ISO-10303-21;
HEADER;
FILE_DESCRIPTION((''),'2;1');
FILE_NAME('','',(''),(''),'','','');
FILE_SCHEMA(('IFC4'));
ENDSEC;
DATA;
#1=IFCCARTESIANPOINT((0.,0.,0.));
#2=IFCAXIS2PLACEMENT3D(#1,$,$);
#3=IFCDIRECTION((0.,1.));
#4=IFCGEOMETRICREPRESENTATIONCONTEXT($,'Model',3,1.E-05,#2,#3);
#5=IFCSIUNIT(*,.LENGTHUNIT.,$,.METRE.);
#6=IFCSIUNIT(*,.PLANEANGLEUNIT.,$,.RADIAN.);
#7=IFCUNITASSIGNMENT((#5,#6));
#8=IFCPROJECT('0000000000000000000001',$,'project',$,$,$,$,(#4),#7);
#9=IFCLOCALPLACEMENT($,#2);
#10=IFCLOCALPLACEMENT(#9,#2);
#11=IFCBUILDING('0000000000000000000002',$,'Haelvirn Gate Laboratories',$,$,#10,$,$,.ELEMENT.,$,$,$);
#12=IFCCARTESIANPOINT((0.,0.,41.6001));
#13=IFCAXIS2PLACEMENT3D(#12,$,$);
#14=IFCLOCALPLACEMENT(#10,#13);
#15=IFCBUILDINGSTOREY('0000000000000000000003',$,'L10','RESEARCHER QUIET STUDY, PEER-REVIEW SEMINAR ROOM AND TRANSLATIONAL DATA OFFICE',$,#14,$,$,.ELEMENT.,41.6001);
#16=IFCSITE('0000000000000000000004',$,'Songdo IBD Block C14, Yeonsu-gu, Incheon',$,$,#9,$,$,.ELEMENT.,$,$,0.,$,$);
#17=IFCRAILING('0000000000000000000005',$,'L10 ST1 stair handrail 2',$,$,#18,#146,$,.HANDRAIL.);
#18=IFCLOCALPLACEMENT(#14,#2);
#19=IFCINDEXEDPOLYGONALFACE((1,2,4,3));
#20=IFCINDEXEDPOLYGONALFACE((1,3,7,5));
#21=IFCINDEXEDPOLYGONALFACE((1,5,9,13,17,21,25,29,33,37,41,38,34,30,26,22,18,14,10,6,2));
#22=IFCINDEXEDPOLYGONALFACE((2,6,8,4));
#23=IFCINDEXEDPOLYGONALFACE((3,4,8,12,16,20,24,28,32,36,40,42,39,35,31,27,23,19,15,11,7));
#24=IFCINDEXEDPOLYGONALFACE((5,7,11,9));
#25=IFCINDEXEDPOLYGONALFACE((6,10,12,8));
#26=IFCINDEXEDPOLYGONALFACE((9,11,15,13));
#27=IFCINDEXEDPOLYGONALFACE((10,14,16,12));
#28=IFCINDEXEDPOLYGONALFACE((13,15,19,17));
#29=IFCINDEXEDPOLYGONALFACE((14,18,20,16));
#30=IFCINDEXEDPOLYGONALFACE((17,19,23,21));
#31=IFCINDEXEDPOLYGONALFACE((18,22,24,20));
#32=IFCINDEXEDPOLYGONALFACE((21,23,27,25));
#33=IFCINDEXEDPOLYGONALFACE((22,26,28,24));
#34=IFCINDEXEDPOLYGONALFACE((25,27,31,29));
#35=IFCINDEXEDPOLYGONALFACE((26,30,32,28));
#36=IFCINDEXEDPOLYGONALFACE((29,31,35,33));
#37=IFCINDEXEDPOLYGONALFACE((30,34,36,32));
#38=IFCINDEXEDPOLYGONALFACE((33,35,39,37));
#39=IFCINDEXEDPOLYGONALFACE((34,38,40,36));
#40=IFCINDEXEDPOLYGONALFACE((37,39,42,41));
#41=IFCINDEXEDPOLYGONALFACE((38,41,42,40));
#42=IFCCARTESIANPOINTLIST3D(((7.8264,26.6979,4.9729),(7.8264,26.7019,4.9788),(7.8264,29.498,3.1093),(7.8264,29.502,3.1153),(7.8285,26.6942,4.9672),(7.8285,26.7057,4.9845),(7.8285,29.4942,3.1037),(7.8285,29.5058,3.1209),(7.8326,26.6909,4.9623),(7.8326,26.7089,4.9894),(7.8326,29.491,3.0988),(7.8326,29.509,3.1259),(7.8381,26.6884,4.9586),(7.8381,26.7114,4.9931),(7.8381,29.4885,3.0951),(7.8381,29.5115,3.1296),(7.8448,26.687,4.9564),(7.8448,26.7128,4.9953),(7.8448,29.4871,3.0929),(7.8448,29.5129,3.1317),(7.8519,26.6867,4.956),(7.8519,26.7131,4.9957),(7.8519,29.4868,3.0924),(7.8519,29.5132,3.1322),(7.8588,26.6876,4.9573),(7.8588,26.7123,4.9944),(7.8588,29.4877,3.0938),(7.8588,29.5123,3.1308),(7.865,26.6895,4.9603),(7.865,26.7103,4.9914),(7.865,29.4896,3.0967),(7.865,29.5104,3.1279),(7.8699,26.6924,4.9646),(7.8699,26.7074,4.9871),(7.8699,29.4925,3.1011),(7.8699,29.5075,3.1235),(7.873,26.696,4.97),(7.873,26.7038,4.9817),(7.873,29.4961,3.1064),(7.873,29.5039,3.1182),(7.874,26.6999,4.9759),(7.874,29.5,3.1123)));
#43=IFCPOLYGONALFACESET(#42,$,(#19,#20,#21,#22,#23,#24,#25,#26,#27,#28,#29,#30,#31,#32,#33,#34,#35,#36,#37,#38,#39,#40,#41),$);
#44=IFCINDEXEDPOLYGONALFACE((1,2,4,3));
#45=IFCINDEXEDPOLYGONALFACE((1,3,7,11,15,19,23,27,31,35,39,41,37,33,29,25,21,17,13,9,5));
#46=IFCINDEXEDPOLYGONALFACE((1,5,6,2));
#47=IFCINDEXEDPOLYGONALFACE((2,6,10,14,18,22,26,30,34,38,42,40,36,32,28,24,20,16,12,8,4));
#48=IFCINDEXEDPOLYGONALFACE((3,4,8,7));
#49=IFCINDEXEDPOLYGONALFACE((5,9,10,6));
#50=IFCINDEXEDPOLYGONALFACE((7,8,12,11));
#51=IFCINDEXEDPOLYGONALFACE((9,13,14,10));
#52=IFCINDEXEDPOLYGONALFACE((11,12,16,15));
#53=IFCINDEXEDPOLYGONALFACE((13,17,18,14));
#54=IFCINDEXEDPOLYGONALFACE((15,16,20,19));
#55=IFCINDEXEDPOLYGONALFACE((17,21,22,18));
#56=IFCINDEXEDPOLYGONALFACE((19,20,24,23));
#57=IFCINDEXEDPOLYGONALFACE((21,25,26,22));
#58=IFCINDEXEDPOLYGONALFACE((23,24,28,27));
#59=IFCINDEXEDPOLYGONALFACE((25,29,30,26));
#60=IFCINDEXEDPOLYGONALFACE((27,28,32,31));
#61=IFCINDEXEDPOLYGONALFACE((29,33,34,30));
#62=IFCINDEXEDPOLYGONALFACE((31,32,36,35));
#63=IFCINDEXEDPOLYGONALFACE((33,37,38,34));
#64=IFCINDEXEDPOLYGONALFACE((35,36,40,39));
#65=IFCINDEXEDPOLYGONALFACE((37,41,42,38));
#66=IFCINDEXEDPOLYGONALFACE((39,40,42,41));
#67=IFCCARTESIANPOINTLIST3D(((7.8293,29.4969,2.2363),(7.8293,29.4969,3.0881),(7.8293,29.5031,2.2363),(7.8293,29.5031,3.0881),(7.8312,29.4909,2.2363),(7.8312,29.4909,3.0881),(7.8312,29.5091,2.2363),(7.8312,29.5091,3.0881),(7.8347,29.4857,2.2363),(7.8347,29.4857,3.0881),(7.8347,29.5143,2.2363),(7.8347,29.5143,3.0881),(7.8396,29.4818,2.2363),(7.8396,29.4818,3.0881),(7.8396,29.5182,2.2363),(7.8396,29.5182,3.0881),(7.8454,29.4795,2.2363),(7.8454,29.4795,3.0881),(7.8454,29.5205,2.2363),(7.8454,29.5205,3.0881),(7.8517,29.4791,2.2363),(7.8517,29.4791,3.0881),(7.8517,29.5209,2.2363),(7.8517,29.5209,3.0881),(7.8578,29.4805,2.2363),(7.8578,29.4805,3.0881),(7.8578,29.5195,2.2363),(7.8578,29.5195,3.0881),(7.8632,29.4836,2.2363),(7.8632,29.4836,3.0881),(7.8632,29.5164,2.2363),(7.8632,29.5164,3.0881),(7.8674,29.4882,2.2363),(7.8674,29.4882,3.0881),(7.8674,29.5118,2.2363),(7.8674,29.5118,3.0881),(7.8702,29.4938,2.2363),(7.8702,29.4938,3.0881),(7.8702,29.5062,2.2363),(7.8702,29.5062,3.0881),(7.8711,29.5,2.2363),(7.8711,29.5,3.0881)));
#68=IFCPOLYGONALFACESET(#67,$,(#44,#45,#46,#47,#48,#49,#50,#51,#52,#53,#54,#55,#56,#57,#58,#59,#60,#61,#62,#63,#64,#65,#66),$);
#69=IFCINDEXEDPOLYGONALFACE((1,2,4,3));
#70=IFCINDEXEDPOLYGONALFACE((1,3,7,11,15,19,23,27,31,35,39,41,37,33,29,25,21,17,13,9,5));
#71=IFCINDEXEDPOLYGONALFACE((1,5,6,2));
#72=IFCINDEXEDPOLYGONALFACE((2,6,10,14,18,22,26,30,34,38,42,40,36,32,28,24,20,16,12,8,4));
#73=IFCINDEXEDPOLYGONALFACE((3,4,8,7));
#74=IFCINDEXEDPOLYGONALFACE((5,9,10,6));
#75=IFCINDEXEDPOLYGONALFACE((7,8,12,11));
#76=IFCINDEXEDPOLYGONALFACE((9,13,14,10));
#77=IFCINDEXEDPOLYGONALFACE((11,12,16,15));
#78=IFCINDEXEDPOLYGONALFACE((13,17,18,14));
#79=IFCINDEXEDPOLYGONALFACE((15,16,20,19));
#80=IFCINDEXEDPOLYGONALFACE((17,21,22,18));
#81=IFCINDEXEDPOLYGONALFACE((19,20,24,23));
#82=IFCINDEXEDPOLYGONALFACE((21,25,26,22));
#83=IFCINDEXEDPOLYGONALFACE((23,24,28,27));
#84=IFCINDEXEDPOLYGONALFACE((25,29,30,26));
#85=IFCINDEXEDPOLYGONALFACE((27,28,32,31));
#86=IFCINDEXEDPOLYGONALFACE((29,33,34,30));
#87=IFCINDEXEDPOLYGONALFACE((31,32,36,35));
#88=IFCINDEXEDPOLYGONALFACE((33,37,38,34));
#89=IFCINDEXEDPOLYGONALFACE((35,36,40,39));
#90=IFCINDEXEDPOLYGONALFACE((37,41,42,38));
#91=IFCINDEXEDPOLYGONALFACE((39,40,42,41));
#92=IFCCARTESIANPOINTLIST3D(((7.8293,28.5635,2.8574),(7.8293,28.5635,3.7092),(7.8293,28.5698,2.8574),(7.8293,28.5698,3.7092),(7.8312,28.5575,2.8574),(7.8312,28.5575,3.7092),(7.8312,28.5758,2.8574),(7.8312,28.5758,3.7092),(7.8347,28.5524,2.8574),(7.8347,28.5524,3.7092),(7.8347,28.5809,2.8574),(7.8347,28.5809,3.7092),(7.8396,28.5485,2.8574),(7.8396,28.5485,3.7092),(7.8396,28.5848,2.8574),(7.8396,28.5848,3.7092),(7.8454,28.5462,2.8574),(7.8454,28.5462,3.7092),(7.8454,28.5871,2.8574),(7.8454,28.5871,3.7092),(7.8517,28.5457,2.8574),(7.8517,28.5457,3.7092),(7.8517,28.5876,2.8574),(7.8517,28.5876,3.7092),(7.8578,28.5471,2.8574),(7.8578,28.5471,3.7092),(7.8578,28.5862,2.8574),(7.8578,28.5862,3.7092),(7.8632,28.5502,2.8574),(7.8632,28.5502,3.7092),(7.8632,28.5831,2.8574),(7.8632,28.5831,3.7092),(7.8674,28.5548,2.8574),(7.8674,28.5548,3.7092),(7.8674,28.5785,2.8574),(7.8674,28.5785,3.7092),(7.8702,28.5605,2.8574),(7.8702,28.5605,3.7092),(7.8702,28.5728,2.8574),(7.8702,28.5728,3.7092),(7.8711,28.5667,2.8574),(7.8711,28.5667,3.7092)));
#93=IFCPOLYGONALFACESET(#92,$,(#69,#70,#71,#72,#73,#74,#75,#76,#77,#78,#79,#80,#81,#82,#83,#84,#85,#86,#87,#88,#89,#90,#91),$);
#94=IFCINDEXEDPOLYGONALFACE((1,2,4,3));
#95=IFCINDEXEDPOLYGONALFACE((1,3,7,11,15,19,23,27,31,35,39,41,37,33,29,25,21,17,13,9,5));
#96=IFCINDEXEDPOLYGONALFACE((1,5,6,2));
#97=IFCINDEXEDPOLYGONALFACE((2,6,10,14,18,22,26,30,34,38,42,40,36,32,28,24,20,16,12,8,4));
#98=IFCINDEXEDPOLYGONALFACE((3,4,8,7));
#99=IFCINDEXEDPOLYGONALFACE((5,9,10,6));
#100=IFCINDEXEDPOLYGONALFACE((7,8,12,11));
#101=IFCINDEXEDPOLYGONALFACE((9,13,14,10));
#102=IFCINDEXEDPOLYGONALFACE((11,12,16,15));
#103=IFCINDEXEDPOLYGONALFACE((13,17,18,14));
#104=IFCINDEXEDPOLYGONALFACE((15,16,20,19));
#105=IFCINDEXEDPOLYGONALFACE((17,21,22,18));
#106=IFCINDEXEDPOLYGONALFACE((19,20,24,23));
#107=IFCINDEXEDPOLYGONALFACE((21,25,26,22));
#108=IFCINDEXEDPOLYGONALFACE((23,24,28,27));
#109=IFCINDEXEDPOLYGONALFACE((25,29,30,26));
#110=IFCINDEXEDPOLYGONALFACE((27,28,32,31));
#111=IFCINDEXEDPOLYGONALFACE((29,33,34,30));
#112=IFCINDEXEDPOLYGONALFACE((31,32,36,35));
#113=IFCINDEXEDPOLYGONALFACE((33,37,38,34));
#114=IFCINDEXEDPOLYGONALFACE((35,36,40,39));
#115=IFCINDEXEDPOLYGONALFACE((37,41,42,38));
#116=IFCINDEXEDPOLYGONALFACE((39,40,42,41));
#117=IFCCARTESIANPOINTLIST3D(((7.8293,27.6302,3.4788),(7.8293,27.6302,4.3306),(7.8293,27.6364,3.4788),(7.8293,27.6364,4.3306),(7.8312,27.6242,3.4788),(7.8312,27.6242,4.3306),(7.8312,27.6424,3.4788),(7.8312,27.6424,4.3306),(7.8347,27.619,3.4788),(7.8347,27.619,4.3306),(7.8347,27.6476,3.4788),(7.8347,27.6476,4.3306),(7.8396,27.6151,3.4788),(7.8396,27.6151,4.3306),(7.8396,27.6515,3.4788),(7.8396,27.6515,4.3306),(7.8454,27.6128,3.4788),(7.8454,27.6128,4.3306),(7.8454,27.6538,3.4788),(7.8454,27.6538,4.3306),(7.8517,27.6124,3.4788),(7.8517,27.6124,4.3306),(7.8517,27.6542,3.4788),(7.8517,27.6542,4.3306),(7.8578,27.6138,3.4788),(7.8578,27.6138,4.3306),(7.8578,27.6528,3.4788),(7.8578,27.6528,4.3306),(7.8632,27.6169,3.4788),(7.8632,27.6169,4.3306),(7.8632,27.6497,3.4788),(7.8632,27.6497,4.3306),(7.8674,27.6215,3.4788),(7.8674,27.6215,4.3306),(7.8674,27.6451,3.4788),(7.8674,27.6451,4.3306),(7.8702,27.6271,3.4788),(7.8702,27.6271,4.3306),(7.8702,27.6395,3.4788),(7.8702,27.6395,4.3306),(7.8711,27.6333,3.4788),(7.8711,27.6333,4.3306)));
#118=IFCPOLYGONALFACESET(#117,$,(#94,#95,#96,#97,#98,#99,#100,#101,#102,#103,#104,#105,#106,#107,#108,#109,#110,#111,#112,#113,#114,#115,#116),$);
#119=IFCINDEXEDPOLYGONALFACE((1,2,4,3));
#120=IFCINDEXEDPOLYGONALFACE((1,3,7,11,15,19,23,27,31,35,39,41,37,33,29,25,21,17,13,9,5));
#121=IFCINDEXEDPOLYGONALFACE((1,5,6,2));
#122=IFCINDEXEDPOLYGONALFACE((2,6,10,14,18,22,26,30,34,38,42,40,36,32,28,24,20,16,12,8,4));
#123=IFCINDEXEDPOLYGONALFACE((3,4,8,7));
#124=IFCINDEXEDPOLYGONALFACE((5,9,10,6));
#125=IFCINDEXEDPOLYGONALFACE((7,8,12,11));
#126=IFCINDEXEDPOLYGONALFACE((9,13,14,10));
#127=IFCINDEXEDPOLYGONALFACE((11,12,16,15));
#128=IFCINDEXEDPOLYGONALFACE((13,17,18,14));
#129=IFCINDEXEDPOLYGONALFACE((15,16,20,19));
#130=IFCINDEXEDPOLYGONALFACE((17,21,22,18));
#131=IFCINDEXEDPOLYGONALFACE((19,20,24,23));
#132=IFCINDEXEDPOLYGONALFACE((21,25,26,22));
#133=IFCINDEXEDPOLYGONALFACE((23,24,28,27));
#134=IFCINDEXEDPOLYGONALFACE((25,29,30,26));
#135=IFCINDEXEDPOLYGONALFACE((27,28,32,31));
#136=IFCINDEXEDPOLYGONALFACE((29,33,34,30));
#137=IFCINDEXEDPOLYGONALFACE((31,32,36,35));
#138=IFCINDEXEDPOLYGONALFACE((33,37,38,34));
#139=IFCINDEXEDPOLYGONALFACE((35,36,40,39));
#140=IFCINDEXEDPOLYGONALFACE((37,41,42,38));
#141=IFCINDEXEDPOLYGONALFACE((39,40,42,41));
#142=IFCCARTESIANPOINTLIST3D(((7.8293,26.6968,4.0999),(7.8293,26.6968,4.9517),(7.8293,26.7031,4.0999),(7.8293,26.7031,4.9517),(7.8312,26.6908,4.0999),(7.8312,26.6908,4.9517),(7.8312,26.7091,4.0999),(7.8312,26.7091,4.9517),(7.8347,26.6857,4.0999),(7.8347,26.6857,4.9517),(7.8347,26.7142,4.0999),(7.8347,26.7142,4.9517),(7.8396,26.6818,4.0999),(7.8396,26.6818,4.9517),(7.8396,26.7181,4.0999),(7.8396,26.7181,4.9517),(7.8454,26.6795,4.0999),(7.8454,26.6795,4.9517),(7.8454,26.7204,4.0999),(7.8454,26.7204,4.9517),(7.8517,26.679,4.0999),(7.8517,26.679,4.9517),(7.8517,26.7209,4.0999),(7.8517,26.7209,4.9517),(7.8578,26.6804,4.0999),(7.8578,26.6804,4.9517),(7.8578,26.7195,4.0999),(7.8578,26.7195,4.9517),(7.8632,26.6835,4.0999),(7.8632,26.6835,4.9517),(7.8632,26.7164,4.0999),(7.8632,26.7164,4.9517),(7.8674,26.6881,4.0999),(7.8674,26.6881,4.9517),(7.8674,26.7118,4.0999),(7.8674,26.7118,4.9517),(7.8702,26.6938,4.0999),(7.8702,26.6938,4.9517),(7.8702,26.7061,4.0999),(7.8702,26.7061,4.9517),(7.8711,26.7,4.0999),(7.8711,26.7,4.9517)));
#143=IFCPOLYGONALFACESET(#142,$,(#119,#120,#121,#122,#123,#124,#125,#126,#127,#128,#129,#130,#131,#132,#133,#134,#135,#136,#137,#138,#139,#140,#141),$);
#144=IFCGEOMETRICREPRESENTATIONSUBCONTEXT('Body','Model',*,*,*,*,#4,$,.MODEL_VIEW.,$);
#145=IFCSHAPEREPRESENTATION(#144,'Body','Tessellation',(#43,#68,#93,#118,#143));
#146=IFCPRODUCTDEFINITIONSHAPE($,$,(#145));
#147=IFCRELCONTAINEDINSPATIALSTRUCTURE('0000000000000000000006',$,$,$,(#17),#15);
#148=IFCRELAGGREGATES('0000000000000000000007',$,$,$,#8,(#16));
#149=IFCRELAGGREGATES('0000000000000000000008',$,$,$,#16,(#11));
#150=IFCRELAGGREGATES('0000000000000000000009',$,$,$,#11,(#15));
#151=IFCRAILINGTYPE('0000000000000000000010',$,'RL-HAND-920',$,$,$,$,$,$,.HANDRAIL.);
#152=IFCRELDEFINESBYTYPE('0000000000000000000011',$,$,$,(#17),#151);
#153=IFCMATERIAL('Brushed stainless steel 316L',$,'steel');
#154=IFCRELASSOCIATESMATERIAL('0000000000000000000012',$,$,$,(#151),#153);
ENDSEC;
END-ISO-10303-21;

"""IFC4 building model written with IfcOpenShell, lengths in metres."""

from ifc_helpers import new_model, si_unit, direction, frame, origin, origin_2d, place, context, subcontext, project, spatial, circle, extrude, source, transform, mapped, material, type_object, element, save


model = new_model("IFC4")

# Units and contexts
model_context = context("Model", 3, precision=1e-05, world=origin(), true_north=direction((0.0, 1.0)))
body_context = subcontext(model_context, "Body", "Model", "MODEL_VIEW")
ifc_project = project(units=[si_unit("LENGTHUNIT", "METRE"), si_unit("PLANEANGLEUNIT", "RADIAN")], contexts=[model_context])

# Site, building, storey
site_placement = place(None, origin())
site = spatial("IfcSite", under=ifc_project, at=site_placement, Name="Songdo IBD Block C14, Yeonsu-gu, Incheon", CompositionType="ELEMENT", RefElevation=0.0)
building_placement = place(site_placement, origin())
building = spatial("IfcBuilding", under=site, at=building_placement, Name="Haelvirn Gate Laboratories", CompositionType="ELEMENT")
storey_placement = place(building_placement, frame((0.0, 0.0, 41.6001)))
storey = spatial("IfcBuildingStorey", under=building, at=storey_placement, Name="L10", Description="RESEARCHER QUIET STUDY, PEER-REVIEW SEMINAR ROOM AND TRANSLATIONAL DATA OFFICE", CompositionType="ELEMENT", Elevation=41.6001)

# Railing
ifc_material_1 = material(Name="Brushed stainless steel 316L", Category="steel")
railing_type_1 = type_object("IfcRailingType", Name="RL-HAND-920", PredefinedType="HANDRAIL", material=ifc_material_1)
shared_shape_1 = source(origin(), body_context, "Body", "SweptSolid", [
    extrude(circle(Radius=0.0239, at=origin_2d()), frame((0.0, 0.0, 0.876), z_axis=(0.0, -0.832486, 0.554047), x_axis=(1.0, 0.0, 0.0)), (0.0, 0.0, 1.0), 3.3635),
    extrude(circle(Radius=0.021, at=origin_2d()), origin(), (0.0, 0.0, 1.0), 0.8518),
    extrude(circle(Radius=0.021, at=origin_2d()), frame((0.0, -0.9333, 0.6211)), (0.0, 0.0, 1.0), 0.8518),
    extrude(circle(Radius=0.021, at=origin_2d()), frame((0.0, -1.8667, 1.2424)), (0.0, 0.0, 1.0), 0.8518),
    extrude(circle(Radius=0.021, at=origin_2d()), frame((0.0, -2.8, 1.8635)), (0.0, 0.0, 1.0), 0.8518),
])
railing_1_placement = place(storey_placement, frame((7.8501, 29.5, 2.2363)))
element("IfcRailing", 1, at=railing_1_placement, inside=storey, type_object=railing_type_1, Name="L10 ST1 stair handrail 2", PredefinedType="HANDRAIL", context=body_context, shape_type="MappedRepresentation", body=[
    mapped(shared_shape_1, transform((0.0, 0.0, 0.0), scale=1.0)),
])

save(model, "model.ifc")
